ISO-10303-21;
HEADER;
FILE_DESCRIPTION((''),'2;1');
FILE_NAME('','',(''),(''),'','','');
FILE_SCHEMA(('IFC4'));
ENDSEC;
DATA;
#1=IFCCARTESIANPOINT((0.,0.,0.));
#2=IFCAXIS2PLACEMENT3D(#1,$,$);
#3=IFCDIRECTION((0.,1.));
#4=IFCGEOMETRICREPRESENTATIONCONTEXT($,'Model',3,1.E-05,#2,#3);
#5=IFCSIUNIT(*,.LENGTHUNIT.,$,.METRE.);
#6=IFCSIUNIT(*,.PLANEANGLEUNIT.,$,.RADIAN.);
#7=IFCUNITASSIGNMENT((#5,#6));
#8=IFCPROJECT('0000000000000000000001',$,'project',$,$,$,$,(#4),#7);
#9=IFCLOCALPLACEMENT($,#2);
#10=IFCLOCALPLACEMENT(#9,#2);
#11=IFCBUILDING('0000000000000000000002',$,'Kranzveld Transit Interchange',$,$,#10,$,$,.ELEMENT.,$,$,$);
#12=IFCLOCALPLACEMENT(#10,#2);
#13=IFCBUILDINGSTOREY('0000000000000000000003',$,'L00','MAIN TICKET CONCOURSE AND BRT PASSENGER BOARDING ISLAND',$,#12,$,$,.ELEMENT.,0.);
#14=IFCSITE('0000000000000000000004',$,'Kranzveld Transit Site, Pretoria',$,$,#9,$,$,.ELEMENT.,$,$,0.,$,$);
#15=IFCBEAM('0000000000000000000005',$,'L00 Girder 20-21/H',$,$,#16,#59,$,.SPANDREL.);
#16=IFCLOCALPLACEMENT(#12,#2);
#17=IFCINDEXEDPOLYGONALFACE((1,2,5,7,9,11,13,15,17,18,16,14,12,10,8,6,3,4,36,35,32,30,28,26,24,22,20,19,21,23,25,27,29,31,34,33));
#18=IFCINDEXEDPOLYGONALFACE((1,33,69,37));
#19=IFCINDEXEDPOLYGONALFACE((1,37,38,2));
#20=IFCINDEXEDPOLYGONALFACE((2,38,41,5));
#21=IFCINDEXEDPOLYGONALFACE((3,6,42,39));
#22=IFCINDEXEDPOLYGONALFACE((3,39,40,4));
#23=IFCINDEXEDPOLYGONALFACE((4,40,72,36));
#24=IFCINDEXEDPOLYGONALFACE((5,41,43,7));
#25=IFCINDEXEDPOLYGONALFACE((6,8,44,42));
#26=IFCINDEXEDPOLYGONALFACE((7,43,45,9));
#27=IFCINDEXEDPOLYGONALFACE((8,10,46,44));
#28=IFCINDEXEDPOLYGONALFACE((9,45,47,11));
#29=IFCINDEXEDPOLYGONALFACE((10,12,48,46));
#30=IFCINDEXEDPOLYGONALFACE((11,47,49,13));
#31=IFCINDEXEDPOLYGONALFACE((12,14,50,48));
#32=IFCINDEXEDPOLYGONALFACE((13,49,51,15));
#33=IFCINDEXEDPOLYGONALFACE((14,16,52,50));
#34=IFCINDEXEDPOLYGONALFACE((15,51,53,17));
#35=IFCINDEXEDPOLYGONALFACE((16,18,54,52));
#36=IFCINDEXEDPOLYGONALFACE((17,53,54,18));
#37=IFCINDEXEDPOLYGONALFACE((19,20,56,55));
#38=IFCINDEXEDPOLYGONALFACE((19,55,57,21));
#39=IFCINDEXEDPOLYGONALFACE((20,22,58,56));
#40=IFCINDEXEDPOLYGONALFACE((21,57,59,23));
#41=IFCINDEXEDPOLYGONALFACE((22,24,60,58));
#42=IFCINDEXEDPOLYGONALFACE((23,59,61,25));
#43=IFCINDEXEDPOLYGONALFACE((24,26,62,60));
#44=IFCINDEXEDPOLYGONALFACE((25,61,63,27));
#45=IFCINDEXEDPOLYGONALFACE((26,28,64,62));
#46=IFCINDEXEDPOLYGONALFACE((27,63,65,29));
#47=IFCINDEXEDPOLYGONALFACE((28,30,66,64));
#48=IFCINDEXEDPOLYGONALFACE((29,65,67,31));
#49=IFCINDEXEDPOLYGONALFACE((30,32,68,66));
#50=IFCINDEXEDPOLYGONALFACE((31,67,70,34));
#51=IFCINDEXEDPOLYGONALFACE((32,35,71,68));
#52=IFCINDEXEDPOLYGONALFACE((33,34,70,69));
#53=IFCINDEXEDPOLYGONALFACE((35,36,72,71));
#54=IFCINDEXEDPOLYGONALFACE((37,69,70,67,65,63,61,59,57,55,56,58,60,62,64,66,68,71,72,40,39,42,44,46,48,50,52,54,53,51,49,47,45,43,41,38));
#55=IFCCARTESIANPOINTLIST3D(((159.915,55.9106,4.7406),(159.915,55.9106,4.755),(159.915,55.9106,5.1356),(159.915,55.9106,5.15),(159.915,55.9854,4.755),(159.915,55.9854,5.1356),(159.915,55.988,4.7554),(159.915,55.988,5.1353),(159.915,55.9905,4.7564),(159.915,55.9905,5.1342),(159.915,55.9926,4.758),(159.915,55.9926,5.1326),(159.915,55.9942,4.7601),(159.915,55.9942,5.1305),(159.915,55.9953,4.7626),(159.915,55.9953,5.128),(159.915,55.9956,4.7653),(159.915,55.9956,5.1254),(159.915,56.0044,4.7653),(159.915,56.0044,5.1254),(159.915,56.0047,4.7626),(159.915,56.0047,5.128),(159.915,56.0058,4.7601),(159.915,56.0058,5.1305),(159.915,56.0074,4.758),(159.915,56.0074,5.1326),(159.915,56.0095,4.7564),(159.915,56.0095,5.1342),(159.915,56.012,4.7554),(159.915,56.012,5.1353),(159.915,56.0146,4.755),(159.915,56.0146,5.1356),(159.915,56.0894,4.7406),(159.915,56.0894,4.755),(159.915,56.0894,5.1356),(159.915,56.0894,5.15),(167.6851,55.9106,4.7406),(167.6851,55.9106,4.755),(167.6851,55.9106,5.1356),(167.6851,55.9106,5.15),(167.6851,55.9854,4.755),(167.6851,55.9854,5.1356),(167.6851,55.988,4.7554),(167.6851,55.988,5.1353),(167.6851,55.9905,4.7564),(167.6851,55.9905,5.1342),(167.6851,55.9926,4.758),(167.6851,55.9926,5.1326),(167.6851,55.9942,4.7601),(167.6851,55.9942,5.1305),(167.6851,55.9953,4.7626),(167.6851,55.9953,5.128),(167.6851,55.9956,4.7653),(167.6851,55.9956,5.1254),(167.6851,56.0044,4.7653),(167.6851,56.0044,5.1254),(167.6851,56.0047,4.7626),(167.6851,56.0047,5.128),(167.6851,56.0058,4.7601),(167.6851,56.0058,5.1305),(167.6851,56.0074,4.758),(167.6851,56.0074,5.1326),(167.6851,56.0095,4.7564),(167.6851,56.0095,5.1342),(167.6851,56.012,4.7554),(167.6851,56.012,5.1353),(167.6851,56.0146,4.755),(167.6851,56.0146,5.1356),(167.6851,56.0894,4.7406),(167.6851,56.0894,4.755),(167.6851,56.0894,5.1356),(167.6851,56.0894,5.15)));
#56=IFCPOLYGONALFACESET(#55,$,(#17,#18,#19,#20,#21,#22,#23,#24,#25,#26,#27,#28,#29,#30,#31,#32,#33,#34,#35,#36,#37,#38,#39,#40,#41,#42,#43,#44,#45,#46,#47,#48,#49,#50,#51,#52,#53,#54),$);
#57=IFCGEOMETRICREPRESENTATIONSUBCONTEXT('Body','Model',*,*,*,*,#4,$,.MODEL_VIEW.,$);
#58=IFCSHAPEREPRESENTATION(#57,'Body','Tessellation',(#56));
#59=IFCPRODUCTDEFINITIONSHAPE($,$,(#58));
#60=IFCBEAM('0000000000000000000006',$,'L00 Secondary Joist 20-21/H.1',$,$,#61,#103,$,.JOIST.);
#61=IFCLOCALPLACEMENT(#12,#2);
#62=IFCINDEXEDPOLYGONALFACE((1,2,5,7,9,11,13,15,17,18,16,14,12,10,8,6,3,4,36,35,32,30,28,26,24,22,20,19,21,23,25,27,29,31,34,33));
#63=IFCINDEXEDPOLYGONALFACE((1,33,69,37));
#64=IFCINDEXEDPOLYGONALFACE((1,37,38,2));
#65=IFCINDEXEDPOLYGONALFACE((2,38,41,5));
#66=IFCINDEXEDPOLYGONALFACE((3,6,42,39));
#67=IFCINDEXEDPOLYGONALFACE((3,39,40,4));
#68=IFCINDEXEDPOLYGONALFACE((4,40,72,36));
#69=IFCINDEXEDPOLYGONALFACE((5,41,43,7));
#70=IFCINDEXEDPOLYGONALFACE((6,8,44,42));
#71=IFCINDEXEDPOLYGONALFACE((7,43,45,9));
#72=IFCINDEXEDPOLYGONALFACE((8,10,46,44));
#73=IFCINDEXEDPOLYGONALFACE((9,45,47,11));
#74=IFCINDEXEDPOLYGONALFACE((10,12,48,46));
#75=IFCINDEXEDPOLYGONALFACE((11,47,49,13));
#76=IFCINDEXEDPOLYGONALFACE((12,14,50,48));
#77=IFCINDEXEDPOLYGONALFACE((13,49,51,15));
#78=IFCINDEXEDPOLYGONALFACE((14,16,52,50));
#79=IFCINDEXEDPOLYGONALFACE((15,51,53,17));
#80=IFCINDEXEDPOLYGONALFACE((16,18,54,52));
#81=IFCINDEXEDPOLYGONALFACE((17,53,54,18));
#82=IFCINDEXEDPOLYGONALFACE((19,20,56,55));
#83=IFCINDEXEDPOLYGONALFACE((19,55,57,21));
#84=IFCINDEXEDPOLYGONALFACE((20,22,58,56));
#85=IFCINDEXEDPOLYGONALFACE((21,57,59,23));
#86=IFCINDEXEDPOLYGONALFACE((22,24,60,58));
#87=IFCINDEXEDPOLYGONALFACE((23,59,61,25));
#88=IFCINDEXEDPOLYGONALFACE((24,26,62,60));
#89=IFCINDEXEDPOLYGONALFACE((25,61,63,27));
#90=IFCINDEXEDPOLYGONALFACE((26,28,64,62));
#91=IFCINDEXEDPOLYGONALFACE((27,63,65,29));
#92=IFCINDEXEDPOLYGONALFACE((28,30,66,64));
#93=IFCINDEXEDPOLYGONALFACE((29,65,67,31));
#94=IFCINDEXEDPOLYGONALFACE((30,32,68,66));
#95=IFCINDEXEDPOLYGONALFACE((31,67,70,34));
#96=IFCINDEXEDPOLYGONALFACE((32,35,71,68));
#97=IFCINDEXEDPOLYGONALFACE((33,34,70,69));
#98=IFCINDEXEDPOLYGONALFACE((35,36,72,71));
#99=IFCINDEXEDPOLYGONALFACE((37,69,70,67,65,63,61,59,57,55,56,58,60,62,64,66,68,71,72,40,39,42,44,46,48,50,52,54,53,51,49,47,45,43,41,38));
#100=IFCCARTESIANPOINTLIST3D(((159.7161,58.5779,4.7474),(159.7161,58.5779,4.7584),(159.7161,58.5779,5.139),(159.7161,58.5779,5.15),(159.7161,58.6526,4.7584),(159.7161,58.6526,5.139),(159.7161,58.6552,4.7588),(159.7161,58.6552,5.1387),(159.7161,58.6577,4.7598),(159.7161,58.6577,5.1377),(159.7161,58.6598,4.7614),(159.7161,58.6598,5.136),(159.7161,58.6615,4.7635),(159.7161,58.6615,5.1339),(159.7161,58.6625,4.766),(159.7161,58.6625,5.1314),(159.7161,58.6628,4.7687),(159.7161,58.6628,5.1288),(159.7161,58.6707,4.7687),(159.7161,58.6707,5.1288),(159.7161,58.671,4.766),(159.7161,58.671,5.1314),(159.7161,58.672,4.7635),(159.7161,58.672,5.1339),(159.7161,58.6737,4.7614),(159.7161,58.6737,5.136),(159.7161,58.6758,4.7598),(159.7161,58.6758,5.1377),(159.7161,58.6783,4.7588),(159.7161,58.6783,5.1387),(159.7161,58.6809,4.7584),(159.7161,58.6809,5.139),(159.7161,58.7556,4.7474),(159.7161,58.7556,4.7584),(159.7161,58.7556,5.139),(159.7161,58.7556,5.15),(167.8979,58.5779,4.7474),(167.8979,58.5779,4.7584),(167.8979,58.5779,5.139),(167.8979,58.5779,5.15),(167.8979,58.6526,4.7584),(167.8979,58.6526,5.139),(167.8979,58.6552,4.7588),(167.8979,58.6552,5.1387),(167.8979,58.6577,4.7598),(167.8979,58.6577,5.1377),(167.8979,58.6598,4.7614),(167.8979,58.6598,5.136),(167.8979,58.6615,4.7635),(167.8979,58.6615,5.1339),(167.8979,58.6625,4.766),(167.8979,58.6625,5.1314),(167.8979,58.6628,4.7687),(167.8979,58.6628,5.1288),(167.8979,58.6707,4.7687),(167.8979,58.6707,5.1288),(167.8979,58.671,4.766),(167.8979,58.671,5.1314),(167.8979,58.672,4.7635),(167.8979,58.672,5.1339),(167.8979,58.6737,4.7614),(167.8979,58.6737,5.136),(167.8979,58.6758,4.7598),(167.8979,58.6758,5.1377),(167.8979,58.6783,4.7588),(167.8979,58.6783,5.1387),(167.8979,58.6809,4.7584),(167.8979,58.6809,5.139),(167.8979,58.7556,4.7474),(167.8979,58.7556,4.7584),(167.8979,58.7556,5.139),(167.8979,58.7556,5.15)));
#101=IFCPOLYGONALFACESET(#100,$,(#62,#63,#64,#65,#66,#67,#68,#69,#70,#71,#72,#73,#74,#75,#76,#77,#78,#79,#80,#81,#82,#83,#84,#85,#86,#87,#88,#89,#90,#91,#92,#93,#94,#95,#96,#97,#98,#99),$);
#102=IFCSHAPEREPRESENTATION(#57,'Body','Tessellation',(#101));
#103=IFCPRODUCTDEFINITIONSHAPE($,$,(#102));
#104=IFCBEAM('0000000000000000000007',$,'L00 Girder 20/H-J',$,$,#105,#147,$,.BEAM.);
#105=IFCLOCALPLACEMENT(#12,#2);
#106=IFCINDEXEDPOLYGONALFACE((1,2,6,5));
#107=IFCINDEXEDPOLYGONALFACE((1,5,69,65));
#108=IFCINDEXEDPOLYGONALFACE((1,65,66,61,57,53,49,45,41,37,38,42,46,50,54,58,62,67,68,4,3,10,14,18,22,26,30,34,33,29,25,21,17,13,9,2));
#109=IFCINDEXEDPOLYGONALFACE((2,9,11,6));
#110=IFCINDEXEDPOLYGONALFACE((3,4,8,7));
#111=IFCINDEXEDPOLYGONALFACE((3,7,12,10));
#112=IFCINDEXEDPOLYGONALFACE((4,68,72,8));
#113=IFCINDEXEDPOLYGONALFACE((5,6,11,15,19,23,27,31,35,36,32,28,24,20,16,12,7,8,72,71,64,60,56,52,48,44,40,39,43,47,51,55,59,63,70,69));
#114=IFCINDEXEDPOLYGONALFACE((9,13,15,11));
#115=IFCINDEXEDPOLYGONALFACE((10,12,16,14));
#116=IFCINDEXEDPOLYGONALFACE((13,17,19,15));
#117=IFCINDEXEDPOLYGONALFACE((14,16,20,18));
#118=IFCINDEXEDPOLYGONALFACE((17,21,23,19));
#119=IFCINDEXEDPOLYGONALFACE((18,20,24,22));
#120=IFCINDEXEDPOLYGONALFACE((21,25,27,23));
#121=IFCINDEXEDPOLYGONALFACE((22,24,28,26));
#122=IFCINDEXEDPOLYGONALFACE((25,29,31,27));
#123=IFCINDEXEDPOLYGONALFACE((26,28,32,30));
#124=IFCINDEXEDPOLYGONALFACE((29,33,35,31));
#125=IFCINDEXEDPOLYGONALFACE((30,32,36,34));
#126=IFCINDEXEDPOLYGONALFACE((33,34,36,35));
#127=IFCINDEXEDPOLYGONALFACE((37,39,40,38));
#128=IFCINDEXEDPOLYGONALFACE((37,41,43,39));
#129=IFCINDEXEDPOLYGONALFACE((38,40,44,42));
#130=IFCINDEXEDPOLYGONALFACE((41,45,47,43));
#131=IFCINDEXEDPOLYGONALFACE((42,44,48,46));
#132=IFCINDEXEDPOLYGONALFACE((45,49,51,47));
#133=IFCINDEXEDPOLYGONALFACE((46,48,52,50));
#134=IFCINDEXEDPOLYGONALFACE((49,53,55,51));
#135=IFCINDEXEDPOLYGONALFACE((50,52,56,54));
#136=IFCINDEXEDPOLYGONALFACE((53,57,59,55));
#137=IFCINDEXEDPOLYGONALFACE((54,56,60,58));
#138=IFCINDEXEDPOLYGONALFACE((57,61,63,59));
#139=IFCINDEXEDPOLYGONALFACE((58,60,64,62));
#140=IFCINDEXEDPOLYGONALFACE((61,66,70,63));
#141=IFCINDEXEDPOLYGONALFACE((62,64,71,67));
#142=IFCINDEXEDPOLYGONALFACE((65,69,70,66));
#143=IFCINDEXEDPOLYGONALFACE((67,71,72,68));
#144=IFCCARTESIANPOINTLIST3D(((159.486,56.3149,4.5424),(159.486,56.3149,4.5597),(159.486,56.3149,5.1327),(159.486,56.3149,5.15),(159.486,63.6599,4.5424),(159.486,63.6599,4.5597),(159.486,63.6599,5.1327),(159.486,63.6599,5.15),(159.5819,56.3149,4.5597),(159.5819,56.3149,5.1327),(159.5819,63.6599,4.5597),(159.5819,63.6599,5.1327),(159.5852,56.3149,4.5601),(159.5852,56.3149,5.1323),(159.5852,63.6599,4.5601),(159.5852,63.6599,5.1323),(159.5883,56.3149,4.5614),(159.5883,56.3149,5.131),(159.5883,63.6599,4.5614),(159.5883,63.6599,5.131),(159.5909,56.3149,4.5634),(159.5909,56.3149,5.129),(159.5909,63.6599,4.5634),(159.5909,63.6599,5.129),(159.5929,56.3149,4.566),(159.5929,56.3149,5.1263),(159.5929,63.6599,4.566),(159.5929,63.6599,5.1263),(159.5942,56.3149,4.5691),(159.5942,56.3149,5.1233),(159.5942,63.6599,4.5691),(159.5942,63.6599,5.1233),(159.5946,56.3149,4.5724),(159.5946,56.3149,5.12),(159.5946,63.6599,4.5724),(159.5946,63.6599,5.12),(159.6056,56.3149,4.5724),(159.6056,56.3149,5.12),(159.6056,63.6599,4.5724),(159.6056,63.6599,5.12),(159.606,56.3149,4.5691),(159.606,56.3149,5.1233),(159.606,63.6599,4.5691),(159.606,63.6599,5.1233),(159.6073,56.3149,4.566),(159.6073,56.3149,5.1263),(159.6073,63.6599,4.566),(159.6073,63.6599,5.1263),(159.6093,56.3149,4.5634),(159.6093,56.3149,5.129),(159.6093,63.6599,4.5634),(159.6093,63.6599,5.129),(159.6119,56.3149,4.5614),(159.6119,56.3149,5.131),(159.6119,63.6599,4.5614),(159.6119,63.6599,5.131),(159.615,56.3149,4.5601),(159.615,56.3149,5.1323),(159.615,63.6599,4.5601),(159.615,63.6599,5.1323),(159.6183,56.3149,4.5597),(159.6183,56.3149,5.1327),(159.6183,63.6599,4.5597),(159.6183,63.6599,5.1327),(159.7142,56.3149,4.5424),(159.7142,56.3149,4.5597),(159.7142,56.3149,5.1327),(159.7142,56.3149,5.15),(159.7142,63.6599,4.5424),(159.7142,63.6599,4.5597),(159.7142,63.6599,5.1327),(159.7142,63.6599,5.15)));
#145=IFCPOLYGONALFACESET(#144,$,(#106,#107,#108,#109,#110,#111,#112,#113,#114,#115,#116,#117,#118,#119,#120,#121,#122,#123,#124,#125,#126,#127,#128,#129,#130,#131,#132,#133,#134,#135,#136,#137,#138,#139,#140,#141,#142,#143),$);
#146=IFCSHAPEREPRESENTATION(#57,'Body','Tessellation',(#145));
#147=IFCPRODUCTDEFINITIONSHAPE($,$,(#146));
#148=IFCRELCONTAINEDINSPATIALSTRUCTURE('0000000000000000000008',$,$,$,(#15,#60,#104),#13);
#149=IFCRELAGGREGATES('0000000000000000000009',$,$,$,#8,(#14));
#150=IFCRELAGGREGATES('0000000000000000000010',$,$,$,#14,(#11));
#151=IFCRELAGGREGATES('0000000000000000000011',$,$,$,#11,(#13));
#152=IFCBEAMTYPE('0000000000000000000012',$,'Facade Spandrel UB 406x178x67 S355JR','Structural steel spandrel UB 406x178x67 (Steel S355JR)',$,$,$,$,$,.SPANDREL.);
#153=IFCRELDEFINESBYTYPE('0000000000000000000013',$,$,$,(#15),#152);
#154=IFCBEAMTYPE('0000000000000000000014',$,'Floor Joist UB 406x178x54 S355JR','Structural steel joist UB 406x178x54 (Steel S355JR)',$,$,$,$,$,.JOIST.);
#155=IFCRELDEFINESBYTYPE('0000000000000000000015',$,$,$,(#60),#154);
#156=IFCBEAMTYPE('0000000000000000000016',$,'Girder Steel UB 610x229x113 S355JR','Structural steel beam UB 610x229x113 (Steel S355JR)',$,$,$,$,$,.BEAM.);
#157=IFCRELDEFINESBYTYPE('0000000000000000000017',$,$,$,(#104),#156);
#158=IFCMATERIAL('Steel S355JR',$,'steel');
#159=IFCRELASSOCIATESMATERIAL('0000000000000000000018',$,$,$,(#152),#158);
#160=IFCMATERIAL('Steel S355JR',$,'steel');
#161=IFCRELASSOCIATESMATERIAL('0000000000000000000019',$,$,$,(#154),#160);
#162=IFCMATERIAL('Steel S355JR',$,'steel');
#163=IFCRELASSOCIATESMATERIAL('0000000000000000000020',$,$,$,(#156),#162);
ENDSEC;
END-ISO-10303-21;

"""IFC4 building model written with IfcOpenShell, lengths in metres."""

from ifc_helpers import new_model, si_unit, direction, frame, origin, origin_2d, place, context, subcontext, project, spatial, i_section, extrude, material, material_profile, profile_set, type_object, element, save


model = new_model("IFC4")

# Units and contexts
model_context = context("Model", 3, precision=1e-05, world=origin(), true_north=direction((0.0, 1.0)))
body_context = subcontext(model_context, "Body", "Model", "MODEL_VIEW")
ifc_project = project(units=[si_unit("LENGTHUNIT", "METRE"), si_unit("PLANEANGLEUNIT", "RADIAN")], contexts=[model_context])

# Site, building, storey
site_placement = place(None, origin())
site = spatial("IfcSite", under=ifc_project, at=site_placement, Name="Kranzveld Transit Site, Pretoria", CompositionType="ELEMENT", RefElevation=0.0)
building_placement = place(site_placement, origin())
building = spatial("IfcBuilding", under=site, at=building_placement, Name="Kranzveld Transit Interchange", CompositionType="ELEMENT")
storey_placement = place(building_placement, origin())
storey = spatial("IfcBuildingStorey", under=building, at=storey_placement, Name="L00", Description="MAIN TICKET CONCOURSE AND BRT PASSENGER BOARDING ISLAND", CompositionType="ELEMENT", Elevation=0.0)

# Beams
ifc_material_1 = material(Name="Steel S355JR", Category="steel")
ifc_material_profile_1 = material_profile(ifc_material_1, i_section(OverallWidth=0.1787, OverallDepth=0.4094, WebThickness=0.0088, FlangeThickness=0.0144, FilletRadius=0.0103, at=origin_2d()), Name="UB 406x178x67")
ifc_profile_set_1 = profile_set([ifc_material_profile_1], Name="Steel S355JR")
beam_type_1 = type_object("IfcBeamType", Name="Facade Spandrel UB 406x178x67 S355JR", Description="Structural steel spandrel UB 406x178x67 (Steel S355JR)", PredefinedType="SPANDREL", material=ifc_profile_set_1)
beam_1_placement = place(storey_placement, frame((159.915, 56.0, 4.9453), z_axis=(1.0, 0.0, 0.0), x_axis=(0.0, 1.0, 0.0)))
element("IfcBeam", 1, at=beam_1_placement, inside=storey, type_object=beam_type_1, Name="L00 Girder 20-21/H", PredefinedType="SPANDREL", context=body_context, shape_type="SweptSolid", body=[
    extrude(i_section(OverallWidth=0.1787, OverallDepth=0.4094, WebThickness=0.0088, FlangeThickness=0.0144, FilletRadius=0.0103, at=origin_2d()), origin(), (0.0, 0.0, 1.0), 7.77),
])
ifc_material_2 = material(Name="Steel S355JR", Category="steel")
ifc_material_profile_2 = material_profile(ifc_material_2, i_section(OverallWidth=0.1777, OverallDepth=0.4026, WebThickness=0.0078, FlangeThickness=0.011, FilletRadius=0.0103, at=origin_2d()), Name="UB 406x178x54")
ifc_profile_set_2 = profile_set([ifc_material_profile_2], Name="Steel S355JR")
beam_type_2 = type_object("IfcBeamType", Name="Floor Joist UB 406x178x54 S355JR", Description="Structural steel joist UB 406x178x54 (Steel S355JR)", PredefinedType="JOIST", material=ifc_profile_set_2)
beam_2_placement = place(storey_placement, frame((159.7161, 58.6667, 4.9487), z_axis=(1.0, 0.0, 0.0), x_axis=(0.0, 1.0, 0.0)))
element("IfcBeam", 2, at=beam_2_placement, inside=storey, type_object=beam_type_2, Name="L00 Secondary Joist 20-21/H.1", PredefinedType="JOIST", context=body_context, shape_type="SweptSolid", body=[
    extrude(i_section(OverallWidth=0.1777, OverallDepth=0.4026, WebThickness=0.0078, FlangeThickness=0.011, FilletRadius=0.0103, at=origin_2d()), origin(), (0.0, 0.0, 1.0), 8.1819),
])
ifc_material_3 = material(Name="Steel S355JR", Category="steel")
ifc_material_profile_3 = material_profile(ifc_material_3, i_section(OverallWidth=0.2283, OverallDepth=0.6077, WebThickness=0.011, FlangeThickness=0.0173, FilletRadius=0.0127, at=origin_2d()), Name="UB 610x229x113")
ifc_profile_set_3 = profile_set([ifc_material_profile_3], Name="Steel S355JR")
beam_type_3 = type_object("IfcBeamType", Name="Girder Steel UB 610x229x113 S355JR", Description="Structural steel beam UB 610x229x113 (Steel S355JR)", PredefinedType="BEAM", material=ifc_profile_set_3)
beam_3_placement = place(storey_placement, frame((159.6001, 56.3149, 4.8462), z_axis=(0.0, 1.0, 0.0), x_axis=(-1.0, 0.0, 0.0)))
element("IfcBeam", 3, at=beam_3_placement, inside=storey, type_object=beam_type_3, Name="L00 Girder 20/H-J", PredefinedType="BEAM", context=body_context, shape_type="SweptSolid", body=[
    extrude(i_section(OverallWidth=0.2283, OverallDepth=0.6077, WebThickness=0.011, FlangeThickness=0.0173, FilletRadius=0.0127, at=origin_2d()), origin(), (0.0, 0.0, 1.0), 7.345),
])

save(model, "model.ifc")
